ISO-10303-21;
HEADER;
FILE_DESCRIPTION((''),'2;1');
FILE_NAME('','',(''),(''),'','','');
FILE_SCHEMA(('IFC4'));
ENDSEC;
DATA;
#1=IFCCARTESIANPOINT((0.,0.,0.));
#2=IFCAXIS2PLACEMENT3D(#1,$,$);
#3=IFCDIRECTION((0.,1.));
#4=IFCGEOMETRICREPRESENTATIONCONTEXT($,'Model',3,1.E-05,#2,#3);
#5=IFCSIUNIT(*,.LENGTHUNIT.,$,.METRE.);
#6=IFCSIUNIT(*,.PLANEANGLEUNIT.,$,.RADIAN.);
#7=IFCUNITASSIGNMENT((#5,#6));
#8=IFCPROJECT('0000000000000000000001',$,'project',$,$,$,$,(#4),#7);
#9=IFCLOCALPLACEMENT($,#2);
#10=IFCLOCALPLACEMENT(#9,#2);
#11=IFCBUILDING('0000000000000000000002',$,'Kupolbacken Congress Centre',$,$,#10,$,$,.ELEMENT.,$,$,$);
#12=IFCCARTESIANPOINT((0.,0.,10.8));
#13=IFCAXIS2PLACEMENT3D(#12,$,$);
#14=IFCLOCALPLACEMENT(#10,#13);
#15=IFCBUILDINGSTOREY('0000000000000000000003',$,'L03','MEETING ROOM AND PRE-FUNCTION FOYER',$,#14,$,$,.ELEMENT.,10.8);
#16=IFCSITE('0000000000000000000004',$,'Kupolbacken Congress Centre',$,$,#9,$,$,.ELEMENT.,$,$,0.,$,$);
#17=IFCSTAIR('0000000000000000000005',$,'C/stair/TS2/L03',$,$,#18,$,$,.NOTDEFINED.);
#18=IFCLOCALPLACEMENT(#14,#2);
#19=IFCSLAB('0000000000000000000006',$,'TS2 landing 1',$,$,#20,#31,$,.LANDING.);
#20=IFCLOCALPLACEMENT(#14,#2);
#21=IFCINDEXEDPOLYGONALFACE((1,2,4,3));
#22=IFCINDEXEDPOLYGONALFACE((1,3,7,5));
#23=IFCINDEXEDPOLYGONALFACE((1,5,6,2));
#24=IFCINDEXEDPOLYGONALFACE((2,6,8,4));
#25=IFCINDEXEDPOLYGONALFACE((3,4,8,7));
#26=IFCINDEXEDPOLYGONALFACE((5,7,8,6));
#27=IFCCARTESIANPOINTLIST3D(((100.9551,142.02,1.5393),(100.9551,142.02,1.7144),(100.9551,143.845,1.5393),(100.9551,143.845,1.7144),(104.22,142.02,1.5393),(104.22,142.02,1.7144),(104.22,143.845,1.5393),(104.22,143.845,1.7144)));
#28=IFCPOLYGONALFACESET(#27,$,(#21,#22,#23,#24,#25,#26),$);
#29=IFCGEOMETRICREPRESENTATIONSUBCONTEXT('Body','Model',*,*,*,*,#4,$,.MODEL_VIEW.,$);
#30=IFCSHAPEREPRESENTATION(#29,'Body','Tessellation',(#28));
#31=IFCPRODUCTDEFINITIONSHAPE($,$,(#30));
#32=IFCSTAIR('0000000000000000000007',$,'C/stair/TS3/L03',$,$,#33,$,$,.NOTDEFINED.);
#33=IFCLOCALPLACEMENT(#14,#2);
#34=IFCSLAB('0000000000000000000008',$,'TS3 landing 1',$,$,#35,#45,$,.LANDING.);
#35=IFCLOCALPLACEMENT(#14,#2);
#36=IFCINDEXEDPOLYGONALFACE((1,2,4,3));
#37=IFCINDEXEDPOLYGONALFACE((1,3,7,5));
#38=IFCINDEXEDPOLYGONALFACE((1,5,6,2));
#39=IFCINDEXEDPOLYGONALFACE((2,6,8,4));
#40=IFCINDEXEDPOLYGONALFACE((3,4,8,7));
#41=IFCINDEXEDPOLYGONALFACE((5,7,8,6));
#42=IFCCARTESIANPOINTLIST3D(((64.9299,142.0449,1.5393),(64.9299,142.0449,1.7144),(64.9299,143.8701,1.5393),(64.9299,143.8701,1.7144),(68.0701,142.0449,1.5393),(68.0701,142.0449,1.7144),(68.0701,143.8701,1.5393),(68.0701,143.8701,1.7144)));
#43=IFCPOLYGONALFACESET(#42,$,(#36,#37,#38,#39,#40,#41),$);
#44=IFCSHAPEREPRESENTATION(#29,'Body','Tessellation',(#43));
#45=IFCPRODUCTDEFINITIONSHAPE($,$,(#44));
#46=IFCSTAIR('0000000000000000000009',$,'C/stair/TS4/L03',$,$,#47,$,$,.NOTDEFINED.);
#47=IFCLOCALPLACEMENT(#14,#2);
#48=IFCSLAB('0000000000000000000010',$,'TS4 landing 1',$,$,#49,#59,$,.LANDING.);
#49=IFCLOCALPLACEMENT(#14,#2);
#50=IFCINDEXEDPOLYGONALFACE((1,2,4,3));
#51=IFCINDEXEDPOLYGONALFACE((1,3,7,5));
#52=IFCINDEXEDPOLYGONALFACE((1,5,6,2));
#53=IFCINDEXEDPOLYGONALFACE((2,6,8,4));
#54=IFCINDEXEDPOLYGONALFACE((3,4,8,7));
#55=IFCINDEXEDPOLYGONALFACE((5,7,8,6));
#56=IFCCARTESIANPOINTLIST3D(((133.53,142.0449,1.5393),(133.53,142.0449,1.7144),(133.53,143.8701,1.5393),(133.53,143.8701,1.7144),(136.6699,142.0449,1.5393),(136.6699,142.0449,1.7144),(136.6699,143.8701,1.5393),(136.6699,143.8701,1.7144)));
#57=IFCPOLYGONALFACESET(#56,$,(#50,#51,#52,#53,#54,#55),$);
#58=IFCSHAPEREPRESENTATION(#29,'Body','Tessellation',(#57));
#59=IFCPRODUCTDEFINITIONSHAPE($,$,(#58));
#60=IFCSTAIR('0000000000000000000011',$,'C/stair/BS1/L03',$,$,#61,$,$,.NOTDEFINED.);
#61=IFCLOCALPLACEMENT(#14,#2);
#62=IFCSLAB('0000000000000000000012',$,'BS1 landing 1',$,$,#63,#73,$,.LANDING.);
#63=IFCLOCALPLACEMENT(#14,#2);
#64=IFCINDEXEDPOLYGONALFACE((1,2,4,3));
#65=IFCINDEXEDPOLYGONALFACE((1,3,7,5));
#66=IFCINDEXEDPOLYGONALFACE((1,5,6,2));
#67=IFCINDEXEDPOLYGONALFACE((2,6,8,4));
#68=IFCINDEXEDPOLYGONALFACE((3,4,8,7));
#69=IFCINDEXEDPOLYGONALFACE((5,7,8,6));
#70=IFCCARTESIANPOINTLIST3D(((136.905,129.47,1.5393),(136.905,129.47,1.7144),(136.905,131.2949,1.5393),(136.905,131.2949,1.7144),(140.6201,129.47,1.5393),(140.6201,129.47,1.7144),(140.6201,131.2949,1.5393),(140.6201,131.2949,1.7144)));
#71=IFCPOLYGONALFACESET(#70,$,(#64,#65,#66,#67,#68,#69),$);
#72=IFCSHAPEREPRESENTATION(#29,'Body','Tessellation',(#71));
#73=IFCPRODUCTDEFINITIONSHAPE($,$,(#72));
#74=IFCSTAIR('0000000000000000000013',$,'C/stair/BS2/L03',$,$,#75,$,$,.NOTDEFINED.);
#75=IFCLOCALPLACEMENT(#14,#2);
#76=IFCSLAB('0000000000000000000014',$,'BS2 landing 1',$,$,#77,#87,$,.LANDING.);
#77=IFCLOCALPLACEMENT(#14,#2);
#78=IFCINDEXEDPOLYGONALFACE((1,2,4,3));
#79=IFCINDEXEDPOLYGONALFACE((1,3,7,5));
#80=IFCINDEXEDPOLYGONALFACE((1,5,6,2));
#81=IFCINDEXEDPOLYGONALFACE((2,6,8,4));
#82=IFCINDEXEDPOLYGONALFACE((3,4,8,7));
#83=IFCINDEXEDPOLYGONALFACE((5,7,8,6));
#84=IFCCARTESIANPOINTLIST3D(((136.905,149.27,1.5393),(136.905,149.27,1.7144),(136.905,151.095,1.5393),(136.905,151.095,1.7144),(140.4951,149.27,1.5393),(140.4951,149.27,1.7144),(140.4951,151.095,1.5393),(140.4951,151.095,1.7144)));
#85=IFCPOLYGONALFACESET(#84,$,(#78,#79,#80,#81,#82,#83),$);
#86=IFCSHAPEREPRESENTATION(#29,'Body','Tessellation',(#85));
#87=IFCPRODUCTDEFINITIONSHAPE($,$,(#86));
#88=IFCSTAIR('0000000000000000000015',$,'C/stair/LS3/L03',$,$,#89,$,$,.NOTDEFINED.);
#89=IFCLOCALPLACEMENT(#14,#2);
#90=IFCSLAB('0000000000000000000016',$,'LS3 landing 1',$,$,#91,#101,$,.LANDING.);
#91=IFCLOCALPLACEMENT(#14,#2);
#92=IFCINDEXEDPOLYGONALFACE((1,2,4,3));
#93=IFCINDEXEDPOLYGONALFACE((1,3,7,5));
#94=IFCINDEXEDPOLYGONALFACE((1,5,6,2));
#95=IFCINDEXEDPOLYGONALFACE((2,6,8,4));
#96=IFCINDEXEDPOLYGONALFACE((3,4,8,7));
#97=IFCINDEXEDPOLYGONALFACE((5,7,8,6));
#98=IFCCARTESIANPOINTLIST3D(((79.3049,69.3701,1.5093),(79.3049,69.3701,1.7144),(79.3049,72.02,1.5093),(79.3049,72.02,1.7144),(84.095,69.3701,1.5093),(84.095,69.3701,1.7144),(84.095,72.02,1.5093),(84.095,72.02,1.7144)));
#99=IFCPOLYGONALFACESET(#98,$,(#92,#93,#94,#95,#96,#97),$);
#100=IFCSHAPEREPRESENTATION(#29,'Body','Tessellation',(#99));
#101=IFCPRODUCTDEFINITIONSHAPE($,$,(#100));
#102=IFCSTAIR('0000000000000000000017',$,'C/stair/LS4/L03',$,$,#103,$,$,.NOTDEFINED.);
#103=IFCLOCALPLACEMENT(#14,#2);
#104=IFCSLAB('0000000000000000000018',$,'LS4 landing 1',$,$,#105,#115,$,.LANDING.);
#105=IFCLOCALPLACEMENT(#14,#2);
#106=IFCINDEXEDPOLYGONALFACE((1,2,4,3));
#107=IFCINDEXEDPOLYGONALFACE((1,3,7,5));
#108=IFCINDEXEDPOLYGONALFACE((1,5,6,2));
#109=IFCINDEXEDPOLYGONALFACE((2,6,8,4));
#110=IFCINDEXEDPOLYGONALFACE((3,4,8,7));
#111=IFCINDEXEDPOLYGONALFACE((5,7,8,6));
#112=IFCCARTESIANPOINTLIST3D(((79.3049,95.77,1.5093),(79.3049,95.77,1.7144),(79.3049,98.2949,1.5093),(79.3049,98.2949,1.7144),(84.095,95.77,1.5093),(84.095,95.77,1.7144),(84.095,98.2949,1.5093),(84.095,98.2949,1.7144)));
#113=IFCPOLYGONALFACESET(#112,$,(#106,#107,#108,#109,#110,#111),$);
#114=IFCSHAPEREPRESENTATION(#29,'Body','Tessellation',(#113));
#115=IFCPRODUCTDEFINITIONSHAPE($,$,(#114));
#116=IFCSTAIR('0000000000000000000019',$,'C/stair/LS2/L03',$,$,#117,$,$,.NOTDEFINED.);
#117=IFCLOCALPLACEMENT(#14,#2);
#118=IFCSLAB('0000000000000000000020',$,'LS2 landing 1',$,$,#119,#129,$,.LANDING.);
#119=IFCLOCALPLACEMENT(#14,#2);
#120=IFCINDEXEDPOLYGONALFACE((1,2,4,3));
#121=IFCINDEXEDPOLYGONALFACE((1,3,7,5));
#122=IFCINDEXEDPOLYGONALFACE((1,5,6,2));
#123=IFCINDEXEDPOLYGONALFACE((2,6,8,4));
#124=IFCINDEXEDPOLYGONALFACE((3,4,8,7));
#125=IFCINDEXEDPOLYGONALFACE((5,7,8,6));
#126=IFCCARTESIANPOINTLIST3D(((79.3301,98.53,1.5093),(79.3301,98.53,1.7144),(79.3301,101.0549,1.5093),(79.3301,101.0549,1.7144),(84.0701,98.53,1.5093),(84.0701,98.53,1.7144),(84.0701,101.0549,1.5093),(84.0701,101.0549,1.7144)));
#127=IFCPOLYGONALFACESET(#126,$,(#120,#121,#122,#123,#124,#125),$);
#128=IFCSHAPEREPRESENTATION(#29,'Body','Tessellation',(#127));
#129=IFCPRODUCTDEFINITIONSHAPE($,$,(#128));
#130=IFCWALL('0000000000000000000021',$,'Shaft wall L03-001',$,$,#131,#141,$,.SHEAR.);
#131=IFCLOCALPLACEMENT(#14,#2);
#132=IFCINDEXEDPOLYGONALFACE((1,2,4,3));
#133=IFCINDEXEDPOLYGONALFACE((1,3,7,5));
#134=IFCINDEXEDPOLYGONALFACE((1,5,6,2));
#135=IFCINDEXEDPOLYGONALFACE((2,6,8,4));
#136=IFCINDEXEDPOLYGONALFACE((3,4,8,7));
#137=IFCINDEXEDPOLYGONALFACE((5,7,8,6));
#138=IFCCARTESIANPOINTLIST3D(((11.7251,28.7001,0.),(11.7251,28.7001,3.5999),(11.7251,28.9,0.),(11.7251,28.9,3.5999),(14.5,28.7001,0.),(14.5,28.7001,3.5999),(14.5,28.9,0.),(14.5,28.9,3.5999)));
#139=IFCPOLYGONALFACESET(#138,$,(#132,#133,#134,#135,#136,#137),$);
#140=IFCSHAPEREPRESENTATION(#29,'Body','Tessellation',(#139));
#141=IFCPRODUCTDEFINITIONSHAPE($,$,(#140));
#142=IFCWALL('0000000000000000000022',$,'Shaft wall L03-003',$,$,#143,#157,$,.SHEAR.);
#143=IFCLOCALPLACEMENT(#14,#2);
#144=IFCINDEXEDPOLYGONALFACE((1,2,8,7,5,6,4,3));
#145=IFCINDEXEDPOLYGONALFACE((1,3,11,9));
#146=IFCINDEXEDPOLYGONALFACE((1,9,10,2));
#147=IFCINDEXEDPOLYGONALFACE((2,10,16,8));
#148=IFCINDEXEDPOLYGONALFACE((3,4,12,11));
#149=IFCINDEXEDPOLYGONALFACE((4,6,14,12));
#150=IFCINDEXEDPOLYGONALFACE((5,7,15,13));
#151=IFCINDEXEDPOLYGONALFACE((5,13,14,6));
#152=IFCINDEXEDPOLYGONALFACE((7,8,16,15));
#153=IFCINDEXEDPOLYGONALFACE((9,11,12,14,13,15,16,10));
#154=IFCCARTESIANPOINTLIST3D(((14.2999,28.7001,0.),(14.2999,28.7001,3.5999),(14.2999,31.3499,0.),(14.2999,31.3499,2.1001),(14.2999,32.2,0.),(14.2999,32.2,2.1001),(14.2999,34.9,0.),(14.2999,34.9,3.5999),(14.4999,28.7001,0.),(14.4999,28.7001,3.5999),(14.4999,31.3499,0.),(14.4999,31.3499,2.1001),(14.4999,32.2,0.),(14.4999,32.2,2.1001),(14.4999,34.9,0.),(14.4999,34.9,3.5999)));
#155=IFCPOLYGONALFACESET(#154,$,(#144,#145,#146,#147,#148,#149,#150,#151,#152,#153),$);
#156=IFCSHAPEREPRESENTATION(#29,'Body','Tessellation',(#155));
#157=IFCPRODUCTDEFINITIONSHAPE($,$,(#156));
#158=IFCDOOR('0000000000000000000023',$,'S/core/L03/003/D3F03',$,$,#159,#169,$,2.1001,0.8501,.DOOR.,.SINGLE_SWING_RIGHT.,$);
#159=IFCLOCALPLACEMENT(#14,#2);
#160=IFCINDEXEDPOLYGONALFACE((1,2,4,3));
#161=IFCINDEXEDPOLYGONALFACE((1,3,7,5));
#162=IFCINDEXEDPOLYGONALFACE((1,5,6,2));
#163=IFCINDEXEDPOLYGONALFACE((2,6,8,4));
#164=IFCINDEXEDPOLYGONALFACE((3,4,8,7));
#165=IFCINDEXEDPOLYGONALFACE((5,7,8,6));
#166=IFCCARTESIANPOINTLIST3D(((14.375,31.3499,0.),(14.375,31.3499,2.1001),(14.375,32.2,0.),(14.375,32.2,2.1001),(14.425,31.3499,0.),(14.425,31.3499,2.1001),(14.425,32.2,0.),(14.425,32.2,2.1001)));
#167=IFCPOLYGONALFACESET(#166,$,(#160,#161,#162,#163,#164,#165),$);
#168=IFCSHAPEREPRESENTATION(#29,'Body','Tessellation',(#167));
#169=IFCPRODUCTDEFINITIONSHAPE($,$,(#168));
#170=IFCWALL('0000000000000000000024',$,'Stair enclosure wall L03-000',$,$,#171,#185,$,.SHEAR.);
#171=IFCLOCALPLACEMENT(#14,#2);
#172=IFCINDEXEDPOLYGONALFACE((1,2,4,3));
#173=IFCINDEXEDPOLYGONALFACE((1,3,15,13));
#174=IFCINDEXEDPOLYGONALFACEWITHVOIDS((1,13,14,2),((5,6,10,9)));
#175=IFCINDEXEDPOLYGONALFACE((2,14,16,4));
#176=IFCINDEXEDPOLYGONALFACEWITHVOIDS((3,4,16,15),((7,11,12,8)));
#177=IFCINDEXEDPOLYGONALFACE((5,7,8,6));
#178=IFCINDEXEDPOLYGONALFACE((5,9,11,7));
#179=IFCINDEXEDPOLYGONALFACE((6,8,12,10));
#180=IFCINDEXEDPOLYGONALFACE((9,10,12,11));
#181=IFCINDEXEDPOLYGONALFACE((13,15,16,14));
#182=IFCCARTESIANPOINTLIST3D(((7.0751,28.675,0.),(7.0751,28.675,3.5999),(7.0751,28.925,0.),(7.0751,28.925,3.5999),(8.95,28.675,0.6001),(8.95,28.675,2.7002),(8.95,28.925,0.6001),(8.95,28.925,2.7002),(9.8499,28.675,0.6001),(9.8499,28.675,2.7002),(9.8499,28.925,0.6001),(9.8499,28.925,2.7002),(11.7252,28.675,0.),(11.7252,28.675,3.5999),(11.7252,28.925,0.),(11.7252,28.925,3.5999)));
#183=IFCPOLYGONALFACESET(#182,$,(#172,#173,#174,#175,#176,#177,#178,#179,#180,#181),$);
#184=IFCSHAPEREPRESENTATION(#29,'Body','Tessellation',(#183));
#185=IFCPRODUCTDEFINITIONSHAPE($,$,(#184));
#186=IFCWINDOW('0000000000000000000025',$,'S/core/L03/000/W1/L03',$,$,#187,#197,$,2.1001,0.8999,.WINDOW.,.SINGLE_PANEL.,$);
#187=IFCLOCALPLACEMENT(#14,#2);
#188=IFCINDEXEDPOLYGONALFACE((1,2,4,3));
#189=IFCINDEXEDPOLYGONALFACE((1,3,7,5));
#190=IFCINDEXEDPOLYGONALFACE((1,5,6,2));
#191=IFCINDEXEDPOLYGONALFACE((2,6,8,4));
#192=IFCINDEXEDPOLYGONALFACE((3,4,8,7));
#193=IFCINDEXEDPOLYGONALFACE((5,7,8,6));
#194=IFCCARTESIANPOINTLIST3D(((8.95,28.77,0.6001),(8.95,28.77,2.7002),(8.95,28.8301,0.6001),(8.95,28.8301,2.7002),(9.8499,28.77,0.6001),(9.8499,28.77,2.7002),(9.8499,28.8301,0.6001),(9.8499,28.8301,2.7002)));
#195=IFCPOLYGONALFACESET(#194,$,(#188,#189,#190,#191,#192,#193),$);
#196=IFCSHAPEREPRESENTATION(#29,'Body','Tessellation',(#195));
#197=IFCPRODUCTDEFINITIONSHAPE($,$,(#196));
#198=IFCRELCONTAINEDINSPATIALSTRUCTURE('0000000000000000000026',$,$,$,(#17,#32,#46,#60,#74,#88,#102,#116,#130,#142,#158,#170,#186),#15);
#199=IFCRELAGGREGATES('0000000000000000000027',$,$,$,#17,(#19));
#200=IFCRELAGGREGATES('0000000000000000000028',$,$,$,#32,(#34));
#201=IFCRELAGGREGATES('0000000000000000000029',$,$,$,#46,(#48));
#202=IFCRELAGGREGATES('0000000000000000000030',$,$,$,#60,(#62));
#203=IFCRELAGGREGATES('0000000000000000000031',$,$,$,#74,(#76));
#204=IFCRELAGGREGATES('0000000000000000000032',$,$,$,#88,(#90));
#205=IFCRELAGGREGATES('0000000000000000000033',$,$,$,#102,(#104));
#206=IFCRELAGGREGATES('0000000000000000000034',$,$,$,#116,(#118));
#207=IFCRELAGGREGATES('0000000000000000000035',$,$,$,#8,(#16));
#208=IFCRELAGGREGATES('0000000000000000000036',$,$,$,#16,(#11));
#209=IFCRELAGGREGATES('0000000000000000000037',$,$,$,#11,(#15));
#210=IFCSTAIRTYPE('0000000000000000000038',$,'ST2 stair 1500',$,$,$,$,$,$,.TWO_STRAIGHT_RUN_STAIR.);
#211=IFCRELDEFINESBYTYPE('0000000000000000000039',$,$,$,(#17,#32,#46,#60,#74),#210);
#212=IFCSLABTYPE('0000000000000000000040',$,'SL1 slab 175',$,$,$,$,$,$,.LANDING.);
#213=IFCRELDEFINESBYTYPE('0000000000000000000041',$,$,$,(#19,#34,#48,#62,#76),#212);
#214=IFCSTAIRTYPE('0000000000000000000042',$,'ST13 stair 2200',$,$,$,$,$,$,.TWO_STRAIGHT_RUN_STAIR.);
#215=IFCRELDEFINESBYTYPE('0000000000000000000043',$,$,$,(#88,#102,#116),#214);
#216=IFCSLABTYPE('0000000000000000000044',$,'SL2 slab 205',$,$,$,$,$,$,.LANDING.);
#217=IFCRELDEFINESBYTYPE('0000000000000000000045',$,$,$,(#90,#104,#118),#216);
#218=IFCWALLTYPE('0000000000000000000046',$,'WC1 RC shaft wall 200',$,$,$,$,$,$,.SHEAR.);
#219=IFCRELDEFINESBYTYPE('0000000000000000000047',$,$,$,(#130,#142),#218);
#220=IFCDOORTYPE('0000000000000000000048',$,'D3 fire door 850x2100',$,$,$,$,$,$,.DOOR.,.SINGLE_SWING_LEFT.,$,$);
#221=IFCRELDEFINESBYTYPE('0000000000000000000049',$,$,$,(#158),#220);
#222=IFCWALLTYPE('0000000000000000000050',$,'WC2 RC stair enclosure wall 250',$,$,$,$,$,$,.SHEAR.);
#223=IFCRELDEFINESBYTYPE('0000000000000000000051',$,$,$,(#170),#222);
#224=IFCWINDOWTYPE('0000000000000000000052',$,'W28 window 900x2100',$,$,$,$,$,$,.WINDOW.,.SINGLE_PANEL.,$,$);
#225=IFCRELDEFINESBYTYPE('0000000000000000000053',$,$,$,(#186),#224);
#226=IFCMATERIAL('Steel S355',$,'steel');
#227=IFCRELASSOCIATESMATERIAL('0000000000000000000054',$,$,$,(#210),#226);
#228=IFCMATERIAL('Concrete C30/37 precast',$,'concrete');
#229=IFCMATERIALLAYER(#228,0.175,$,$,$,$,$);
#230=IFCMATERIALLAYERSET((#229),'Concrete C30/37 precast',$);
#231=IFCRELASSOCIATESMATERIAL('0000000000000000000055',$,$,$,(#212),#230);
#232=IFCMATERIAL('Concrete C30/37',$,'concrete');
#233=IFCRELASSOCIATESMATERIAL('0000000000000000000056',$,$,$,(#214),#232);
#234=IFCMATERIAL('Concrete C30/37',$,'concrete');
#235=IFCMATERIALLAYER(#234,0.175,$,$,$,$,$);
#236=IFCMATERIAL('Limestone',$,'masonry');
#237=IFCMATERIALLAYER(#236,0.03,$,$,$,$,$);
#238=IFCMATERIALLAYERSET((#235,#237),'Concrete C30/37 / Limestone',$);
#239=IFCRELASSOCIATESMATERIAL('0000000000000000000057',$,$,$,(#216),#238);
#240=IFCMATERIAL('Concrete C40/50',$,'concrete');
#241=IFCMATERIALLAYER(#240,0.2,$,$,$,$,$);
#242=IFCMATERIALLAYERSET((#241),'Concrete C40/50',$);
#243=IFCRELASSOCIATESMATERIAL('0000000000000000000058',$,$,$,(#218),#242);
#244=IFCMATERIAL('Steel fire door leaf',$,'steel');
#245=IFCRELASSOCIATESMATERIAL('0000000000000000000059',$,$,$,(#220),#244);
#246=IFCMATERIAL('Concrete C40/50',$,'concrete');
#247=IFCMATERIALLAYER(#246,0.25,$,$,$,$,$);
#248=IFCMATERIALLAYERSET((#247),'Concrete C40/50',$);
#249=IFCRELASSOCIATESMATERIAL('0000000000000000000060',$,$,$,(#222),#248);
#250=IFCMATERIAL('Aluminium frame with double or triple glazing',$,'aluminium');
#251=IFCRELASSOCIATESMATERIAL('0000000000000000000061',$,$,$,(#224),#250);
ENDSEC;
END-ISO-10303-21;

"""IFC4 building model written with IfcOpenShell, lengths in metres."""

from ifc_helpers import new_model, si_unit, direction, frame, frame_2d, origin, place, context, subcontext, project, spatial, polyline, rectangle, outline, extrude, material, layer, layer_set, type_object, element, fill, aggregate, save


model = new_model("IFC4")

# Units and contexts
model_context = context("Model", 3, precision=1e-05, world=origin(), true_north=direction((0.0, 1.0)))
body_context = subcontext(model_context, "Body", "Model", "MODEL_VIEW")
ifc_project = project(units=[si_unit("LENGTHUNIT", "METRE"), si_unit("PLANEANGLEUNIT", "RADIAN")], contexts=[model_context])

# Site, building, storey
site_placement = place(None, origin())
site = spatial("IfcSite", under=ifc_project, at=site_placement, Name="Kupolbacken Congress Centre", CompositionType="ELEMENT", RefElevation=0.0)
building_placement = place(site_placement, origin())
building = spatial("IfcBuilding", under=site, at=building_placement, Name="Kupolbacken Congress Centre", CompositionType="ELEMENT")
storey_placement = place(building_placement, frame((0.0, 0.0, 10.8)))
storey = spatial("IfcBuildingStorey", under=building, at=storey_placement, Name="L03", Description="MEETING ROOM AND PRE-FUNCTION FOYER", CompositionType="ELEMENT", Elevation=10.8)

# Shared definitions
ifc_material_1 = material(Name="Concrete C30/37", Category="concrete")

# Stairs, slabs
ifc_material_2 = material(Name="Steel S355", Category="steel")
stair_type_1 = type_object("IfcStairType", Name="ST2 stair 1500", PredefinedType="TWO_STRAIGHT_RUN_STAIR", material=ifc_material_2)
ifc_material_3 = material(Name="Concrete C30/37 precast", Category="concrete")
ifc_layer_1 = layer(ifc_material_3, 0.175)
ifc_layer_set_1 = layer_set([ifc_layer_1], Name="Concrete C30/37 precast")
slab_type_1 = type_object("IfcSlabType", Name="SL1 slab 175", PredefinedType="LANDING", material=ifc_layer_set_1)
stair_1_placement = place(storey_placement, origin())
stair_1 = element("IfcStair", 1, at=stair_1_placement, inside=storey, type_object=stair_type_1, Name="C/stair/TS2/L03", PredefinedType="NOTDEFINED")
slab_1_placement = place(storey_placement, frame((0.0, 0.0, 1.5393)))
slab_1 = element("IfcSlab", 2, at=slab_1_placement, type_object=slab_type_1, Name="TS2 landing 1", PredefinedType="LANDING", context=body_context, shape_type="SweptSolid", body=[
    extrude(outline(polyline([(100.9551, 142.02), (104.22, 142.02), (104.22, 143.845), (100.9551, 143.845), (100.9551, 142.02)])), origin(), (0.0, 0.0, 1.0), 0.175),
])
aggregate(stair_1, [slab_1])
stair_2_placement = place(storey_placement, origin())
stair_2 = element("IfcStair", 3, at=stair_2_placement, inside=storey, type_object=stair_type_1, Name="C/stair/TS3/L03", PredefinedType="NOTDEFINED")
slab_2_placement = place(storey_placement, frame((0.0, 0.0, 1.5393)))
slab_2 = element("IfcSlab", 4, at=slab_2_placement, type_object=slab_type_1, Name="TS3 landing 1", PredefinedType="LANDING", context=body_context, shape_type="SweptSolid", body=[
    extrude(outline(polyline([(64.9299, 142.0449), (68.0701, 142.0449), (68.0701, 143.8701), (64.9299, 143.8701), (64.9299, 142.0449)])), origin(), (0.0, 0.0, 1.0), 0.175),
])
aggregate(stair_2, [slab_2])
stair_3_placement = place(storey_placement, origin())
stair_3 = element("IfcStair", 5, at=stair_3_placement, inside=storey, type_object=stair_type_1, Name="C/stair/TS4/L03", PredefinedType="NOTDEFINED")
slab_3_placement = place(storey_placement, frame((0.0, 0.0, 1.5393)))
slab_3 = element("IfcSlab", 6, at=slab_3_placement, type_object=slab_type_1, Name="TS4 landing 1", PredefinedType="LANDING", context=body_context, shape_type="SweptSolid", body=[
    extrude(outline(polyline([(133.53, 142.0449), (136.6699, 142.0449), (136.6699, 143.8701), (133.53, 143.8701), (133.53, 142.0449)])), origin(), (0.0, 0.0, 1.0), 0.175),
])
aggregate(stair_3, [slab_3])
stair_4_placement = place(storey_placement, origin())
stair_4 = element("IfcStair", 7, at=stair_4_placement, inside=storey, type_object=stair_type_1, Name="C/stair/BS1/L03", PredefinedType="NOTDEFINED")
slab_4_placement = place(storey_placement, frame((0.0, 0.0, 1.5393)))
slab_4 = element("IfcSlab", 8, at=slab_4_placement, type_object=slab_type_1, Name="BS1 landing 1", PredefinedType="LANDING", context=body_context, shape_type="SweptSolid", body=[
    extrude(outline(polyline([(136.905, 129.47), (140.6201, 129.47), (140.6201, 131.2949), (136.905, 131.2949), (136.905, 129.47)])), origin(), (0.0, 0.0, 1.0), 0.175),
])
aggregate(stair_4, [slab_4])
stair_5_placement = place(storey_placement, origin())
stair_5 = element("IfcStair", 9, at=stair_5_placement, inside=storey, type_object=stair_type_1, Name="C/stair/BS2/L03", PredefinedType="NOTDEFINED")
slab_5_placement = place(storey_placement, frame((0.0, 0.0, 1.5393)))
slab_5 = element("IfcSlab", 10, at=slab_5_placement, type_object=slab_type_1, Name="BS2 landing 1", PredefinedType="LANDING", context=body_context, shape_type="SweptSolid", body=[
    extrude(outline(polyline([(136.905, 149.27), (140.4951, 149.27), (140.4951, 151.095), (136.905, 151.095), (136.905, 149.27)])), origin(), (0.0, 0.0, 1.0), 0.175),
])
aggregate(stair_5, [slab_5])
ifc_material_4 = material(Name="Concrete C30/37", Category="concrete")
stair_type_2 = type_object("IfcStairType", Name="ST13 stair 2200", PredefinedType="TWO_STRAIGHT_RUN_STAIR", material=ifc_material_4)
stair_6_placement = place(storey_placement, origin())
stair_6 = element("IfcStair", 11, at=stair_6_placement, inside=storey, type_object=stair_type_2, Name="C/stair/LS3/L03", PredefinedType="NOTDEFINED")
ifc_layer_2 = layer(ifc_material_1, 0.175)
ifc_material_5 = material(Name="Limestone", Category="masonry")
ifc_layer_3 = layer(ifc_material_5, 0.03)
ifc_layer_set_2 = layer_set([ifc_layer_2, ifc_layer_3], Name="Concrete C30/37 / Limestone")
slab_type_2 = type_object("IfcSlabType", Name="SL2 slab 205", PredefinedType="LANDING", material=ifc_layer_set_2)
slab_6_placement = place(storey_placement, frame((0.0, 0.0, 1.5093)))
slab_6 = element("IfcSlab", 12, at=slab_6_placement, type_object=slab_type_2, Name="LS3 landing 1", PredefinedType="LANDING", context=body_context, shape_type="SweptSolid", body=[
    extrude(outline(polyline([(79.3049, 69.3701), (84.095, 69.3701), (84.095, 72.02), (79.3049, 72.02), (79.3049, 69.3701)])), origin(), (0.0, 0.0, 1.0), 0.2051),
])
aggregate(stair_6, [slab_6])
stair_7_placement = place(storey_placement, origin())
stair_7 = element("IfcStair", 13, at=stair_7_placement, inside=storey, type_object=stair_type_2, Name="C/stair/LS4/L03", PredefinedType="NOTDEFINED")
slab_7_placement = place(storey_placement, frame((0.0, 0.0, 1.5093)))
slab_7 = element("IfcSlab", 14, at=slab_7_placement, type_object=slab_type_2, Name="LS4 landing 1", PredefinedType="LANDING", context=body_context, shape_type="SweptSolid", body=[
    extrude(outline(polyline([(79.3049, 95.77), (84.095, 95.77), (84.095, 98.2949), (79.3049, 98.2949), (79.3049, 95.77)])), origin(), (0.0, 0.0, 1.0), 0.2051),
])
aggregate(stair_7, [slab_7])
stair_8_placement = place(storey_placement, origin())
stair_8 = element("IfcStair", 15, at=stair_8_placement, inside=storey, type_object=stair_type_2, Name="C/stair/LS2/L03", PredefinedType="NOTDEFINED")
slab_8_placement = place(storey_placement, frame((0.0, 0.0, 1.5093)))
slab_8 = element("IfcSlab", 16, at=slab_8_placement, type_object=slab_type_2, Name="LS2 landing 1", PredefinedType="LANDING", context=body_context, shape_type="SweptSolid", body=[
    extrude(outline(polyline([(79.3301, 98.53), (84.0701, 98.53), (84.0701, 101.0549), (79.3301, 101.0549), (79.3301, 98.53)])), origin(), (0.0, 0.0, 1.0), 0.2051),
])
aggregate(stair_8, [slab_8])

# Wall
ifc_material_6 = material(Name="Concrete C40/50", Category="concrete")
ifc_layer_4 = layer(ifc_material_6, 0.2)
ifc_layer_set_3 = layer_set([ifc_layer_4], Name="Concrete C40/50")
wall_type_1 = type_object("IfcWallType", Name="WC1 RC shaft wall 200", PredefinedType="SHEAR", material=ifc_layer_set_3)
wall_1_placement = place(storey_placement, frame((11.7251, 28.8, 0.0), z_axis=(0.0, 0.0, 1.0), x_axis=(1.0, 0.0, 0.0)))
element("IfcWall", 17, at=wall_1_placement, inside=storey, type_object=wall_type_1, Name="Shaft wall L03-001", PredefinedType="SHEAR", context=body_context, shape_type="SweptSolid", body=[
    extrude(rectangle(XDim=2.7749, YDim=0.2, at=frame_2d((1.3875, 0.0))), origin(), (0.0, 0.0, 1.0), 3.5999),
])

# Wall, opening, door
wall_2_placement = place(storey_placement, frame((14.3999, 28.7, 0.0), z_axis=(0.0, 0.0, 1.0), x_axis=(0.0, 1.0, 0.0)))
wall_2 = element("IfcWall", 18, at=wall_2_placement, inside=storey, type_object=wall_type_1, Name="Shaft wall L03-003", PredefinedType="SHEAR", context=body_context, shape_type="SweptSolid", body=[
    extrude(rectangle(XDim=6.2, YDim=0.2, at=frame_2d((3.1001, 0.0))), origin(), (0.0, 0.0, 1.0), 3.5999),
])
opening_1_placement = place(wall_2_placement, frame((2.6499, 0.0, 0.0)))
opening_1 = element("IfcOpeningElement", 19, at=opening_1_placement, cuts=wall_2, PredefinedType="OPENING", context=body_context, shape_type="SweptSolid", body=[
    extrude(rectangle(XDim=0.8501, YDim=2.1001, at=frame_2d((0.425, 1.05))), frame((0.0, 0.1099, 0.0), z_axis=(0.0, -1.0, 0.0), x_axis=(1.0, 0.0, 0.0)), (0.0, 0.0, 1.0), 0.22),
])
ifc_material_7 = material(Name="Steel fire door leaf", Category="steel")
door_type = type_object("IfcDoorType", Name="D3 fire door 850x2100", OperationType="SINGLE_SWING_LEFT", PredefinedType="DOOR", material=ifc_material_7)
door_placement = place(opening_1_placement, origin())
door = element("IfcDoor", 20, at=door_placement, inside=storey, type_object=door_type, Name="S/core/L03/003/D3F03", OperationType="SINGLE_SWING_RIGHT", OverallHeight=2.1001, OverallWidth=0.8501, PredefinedType="DOOR", context=body_context, shape_type="SweptSolid", body=[
    extrude(rectangle(XDim=0.8501, YDim=2.1001, at=frame_2d((0.425, 1.05))), frame((0.0, 0.0249, 0.0), z_axis=(0.0, -1.0, 0.0), x_axis=(1.0, 0.0, 0.0)), (0.0, 0.0, 1.0), 0.05),
])
fill(opening_1, door)

# Wall, opening, window
ifc_material_8 = material(Name="Concrete C40/50", Category="concrete")
ifc_layer_5 = layer(ifc_material_8, 0.25)
ifc_layer_set_4 = layer_set([ifc_layer_5], Name="Concrete C40/50")
wall_type_2 = type_object("IfcWallType", Name="WC2 RC stair enclosure wall 250", PredefinedType="SHEAR", material=ifc_layer_set_4)
wall_3_placement = place(storey_placement, frame((7.075, 28.8, 0.0), z_axis=(0.0, 0.0, 1.0), x_axis=(1.0, 0.0, 0.0)))
wall_3 = element("IfcWall", 21, at=wall_3_placement, inside=storey, type_object=wall_type_2, Name="Stair enclosure wall L03-000", PredefinedType="SHEAR", context=body_context, shape_type="SweptSolid", body=[
    extrude(rectangle(XDim=4.6501, YDim=0.25, at=frame_2d((2.3252, 0.0))), origin(), (0.0, 0.0, 1.0), 3.5999),
])
opening_2_placement = place(wall_3_placement, frame((1.875, 0.0, 0.6001)))
opening_2 = element("IfcOpeningElement", 22, at=opening_2_placement, cuts=wall_3, PredefinedType="OPENING", context=body_context, shape_type="SweptSolid", body=[
    extrude(rectangle(XDim=0.8999, YDim=2.1001, at=frame_2d((0.45, 1.05))), frame((0.0, 0.135, 0.0), z_axis=(0.0, -1.0, 0.0), x_axis=(1.0, 0.0, 0.0)), (0.0, 0.0, 1.0), 0.27),
])
ifc_material_9 = material(Name="Aluminium frame with double or triple glazing", Category="aluminium")
window_type = type_object("IfcWindowType", Name="W28 window 900x2100", PartitioningType="SINGLE_PANEL", PredefinedType="WINDOW", material=ifc_material_9)
window_placement = place(opening_2_placement, origin())
window = element("IfcWindow", 23, at=window_placement, inside=storey, type_object=window_type, Name="S/core/L03/000/W1/L03", OverallHeight=2.1001, OverallWidth=0.8999, PartitioningType="SINGLE_PANEL", PredefinedType="WINDOW", context=body_context, shape_type="SweptSolid", body=[
    extrude(rectangle(XDim=0.8999, YDim=2.1001, at=frame_2d((0.45, 1.05))), frame((0.0, 0.03, 0.0), z_axis=(0.0, -1.0, 0.0), x_axis=(1.0, 0.0, 0.0)), (0.0, 0.0, 1.0), 0.0601),
])
fill(opening_2, window)

save(model, "model.ifc")
